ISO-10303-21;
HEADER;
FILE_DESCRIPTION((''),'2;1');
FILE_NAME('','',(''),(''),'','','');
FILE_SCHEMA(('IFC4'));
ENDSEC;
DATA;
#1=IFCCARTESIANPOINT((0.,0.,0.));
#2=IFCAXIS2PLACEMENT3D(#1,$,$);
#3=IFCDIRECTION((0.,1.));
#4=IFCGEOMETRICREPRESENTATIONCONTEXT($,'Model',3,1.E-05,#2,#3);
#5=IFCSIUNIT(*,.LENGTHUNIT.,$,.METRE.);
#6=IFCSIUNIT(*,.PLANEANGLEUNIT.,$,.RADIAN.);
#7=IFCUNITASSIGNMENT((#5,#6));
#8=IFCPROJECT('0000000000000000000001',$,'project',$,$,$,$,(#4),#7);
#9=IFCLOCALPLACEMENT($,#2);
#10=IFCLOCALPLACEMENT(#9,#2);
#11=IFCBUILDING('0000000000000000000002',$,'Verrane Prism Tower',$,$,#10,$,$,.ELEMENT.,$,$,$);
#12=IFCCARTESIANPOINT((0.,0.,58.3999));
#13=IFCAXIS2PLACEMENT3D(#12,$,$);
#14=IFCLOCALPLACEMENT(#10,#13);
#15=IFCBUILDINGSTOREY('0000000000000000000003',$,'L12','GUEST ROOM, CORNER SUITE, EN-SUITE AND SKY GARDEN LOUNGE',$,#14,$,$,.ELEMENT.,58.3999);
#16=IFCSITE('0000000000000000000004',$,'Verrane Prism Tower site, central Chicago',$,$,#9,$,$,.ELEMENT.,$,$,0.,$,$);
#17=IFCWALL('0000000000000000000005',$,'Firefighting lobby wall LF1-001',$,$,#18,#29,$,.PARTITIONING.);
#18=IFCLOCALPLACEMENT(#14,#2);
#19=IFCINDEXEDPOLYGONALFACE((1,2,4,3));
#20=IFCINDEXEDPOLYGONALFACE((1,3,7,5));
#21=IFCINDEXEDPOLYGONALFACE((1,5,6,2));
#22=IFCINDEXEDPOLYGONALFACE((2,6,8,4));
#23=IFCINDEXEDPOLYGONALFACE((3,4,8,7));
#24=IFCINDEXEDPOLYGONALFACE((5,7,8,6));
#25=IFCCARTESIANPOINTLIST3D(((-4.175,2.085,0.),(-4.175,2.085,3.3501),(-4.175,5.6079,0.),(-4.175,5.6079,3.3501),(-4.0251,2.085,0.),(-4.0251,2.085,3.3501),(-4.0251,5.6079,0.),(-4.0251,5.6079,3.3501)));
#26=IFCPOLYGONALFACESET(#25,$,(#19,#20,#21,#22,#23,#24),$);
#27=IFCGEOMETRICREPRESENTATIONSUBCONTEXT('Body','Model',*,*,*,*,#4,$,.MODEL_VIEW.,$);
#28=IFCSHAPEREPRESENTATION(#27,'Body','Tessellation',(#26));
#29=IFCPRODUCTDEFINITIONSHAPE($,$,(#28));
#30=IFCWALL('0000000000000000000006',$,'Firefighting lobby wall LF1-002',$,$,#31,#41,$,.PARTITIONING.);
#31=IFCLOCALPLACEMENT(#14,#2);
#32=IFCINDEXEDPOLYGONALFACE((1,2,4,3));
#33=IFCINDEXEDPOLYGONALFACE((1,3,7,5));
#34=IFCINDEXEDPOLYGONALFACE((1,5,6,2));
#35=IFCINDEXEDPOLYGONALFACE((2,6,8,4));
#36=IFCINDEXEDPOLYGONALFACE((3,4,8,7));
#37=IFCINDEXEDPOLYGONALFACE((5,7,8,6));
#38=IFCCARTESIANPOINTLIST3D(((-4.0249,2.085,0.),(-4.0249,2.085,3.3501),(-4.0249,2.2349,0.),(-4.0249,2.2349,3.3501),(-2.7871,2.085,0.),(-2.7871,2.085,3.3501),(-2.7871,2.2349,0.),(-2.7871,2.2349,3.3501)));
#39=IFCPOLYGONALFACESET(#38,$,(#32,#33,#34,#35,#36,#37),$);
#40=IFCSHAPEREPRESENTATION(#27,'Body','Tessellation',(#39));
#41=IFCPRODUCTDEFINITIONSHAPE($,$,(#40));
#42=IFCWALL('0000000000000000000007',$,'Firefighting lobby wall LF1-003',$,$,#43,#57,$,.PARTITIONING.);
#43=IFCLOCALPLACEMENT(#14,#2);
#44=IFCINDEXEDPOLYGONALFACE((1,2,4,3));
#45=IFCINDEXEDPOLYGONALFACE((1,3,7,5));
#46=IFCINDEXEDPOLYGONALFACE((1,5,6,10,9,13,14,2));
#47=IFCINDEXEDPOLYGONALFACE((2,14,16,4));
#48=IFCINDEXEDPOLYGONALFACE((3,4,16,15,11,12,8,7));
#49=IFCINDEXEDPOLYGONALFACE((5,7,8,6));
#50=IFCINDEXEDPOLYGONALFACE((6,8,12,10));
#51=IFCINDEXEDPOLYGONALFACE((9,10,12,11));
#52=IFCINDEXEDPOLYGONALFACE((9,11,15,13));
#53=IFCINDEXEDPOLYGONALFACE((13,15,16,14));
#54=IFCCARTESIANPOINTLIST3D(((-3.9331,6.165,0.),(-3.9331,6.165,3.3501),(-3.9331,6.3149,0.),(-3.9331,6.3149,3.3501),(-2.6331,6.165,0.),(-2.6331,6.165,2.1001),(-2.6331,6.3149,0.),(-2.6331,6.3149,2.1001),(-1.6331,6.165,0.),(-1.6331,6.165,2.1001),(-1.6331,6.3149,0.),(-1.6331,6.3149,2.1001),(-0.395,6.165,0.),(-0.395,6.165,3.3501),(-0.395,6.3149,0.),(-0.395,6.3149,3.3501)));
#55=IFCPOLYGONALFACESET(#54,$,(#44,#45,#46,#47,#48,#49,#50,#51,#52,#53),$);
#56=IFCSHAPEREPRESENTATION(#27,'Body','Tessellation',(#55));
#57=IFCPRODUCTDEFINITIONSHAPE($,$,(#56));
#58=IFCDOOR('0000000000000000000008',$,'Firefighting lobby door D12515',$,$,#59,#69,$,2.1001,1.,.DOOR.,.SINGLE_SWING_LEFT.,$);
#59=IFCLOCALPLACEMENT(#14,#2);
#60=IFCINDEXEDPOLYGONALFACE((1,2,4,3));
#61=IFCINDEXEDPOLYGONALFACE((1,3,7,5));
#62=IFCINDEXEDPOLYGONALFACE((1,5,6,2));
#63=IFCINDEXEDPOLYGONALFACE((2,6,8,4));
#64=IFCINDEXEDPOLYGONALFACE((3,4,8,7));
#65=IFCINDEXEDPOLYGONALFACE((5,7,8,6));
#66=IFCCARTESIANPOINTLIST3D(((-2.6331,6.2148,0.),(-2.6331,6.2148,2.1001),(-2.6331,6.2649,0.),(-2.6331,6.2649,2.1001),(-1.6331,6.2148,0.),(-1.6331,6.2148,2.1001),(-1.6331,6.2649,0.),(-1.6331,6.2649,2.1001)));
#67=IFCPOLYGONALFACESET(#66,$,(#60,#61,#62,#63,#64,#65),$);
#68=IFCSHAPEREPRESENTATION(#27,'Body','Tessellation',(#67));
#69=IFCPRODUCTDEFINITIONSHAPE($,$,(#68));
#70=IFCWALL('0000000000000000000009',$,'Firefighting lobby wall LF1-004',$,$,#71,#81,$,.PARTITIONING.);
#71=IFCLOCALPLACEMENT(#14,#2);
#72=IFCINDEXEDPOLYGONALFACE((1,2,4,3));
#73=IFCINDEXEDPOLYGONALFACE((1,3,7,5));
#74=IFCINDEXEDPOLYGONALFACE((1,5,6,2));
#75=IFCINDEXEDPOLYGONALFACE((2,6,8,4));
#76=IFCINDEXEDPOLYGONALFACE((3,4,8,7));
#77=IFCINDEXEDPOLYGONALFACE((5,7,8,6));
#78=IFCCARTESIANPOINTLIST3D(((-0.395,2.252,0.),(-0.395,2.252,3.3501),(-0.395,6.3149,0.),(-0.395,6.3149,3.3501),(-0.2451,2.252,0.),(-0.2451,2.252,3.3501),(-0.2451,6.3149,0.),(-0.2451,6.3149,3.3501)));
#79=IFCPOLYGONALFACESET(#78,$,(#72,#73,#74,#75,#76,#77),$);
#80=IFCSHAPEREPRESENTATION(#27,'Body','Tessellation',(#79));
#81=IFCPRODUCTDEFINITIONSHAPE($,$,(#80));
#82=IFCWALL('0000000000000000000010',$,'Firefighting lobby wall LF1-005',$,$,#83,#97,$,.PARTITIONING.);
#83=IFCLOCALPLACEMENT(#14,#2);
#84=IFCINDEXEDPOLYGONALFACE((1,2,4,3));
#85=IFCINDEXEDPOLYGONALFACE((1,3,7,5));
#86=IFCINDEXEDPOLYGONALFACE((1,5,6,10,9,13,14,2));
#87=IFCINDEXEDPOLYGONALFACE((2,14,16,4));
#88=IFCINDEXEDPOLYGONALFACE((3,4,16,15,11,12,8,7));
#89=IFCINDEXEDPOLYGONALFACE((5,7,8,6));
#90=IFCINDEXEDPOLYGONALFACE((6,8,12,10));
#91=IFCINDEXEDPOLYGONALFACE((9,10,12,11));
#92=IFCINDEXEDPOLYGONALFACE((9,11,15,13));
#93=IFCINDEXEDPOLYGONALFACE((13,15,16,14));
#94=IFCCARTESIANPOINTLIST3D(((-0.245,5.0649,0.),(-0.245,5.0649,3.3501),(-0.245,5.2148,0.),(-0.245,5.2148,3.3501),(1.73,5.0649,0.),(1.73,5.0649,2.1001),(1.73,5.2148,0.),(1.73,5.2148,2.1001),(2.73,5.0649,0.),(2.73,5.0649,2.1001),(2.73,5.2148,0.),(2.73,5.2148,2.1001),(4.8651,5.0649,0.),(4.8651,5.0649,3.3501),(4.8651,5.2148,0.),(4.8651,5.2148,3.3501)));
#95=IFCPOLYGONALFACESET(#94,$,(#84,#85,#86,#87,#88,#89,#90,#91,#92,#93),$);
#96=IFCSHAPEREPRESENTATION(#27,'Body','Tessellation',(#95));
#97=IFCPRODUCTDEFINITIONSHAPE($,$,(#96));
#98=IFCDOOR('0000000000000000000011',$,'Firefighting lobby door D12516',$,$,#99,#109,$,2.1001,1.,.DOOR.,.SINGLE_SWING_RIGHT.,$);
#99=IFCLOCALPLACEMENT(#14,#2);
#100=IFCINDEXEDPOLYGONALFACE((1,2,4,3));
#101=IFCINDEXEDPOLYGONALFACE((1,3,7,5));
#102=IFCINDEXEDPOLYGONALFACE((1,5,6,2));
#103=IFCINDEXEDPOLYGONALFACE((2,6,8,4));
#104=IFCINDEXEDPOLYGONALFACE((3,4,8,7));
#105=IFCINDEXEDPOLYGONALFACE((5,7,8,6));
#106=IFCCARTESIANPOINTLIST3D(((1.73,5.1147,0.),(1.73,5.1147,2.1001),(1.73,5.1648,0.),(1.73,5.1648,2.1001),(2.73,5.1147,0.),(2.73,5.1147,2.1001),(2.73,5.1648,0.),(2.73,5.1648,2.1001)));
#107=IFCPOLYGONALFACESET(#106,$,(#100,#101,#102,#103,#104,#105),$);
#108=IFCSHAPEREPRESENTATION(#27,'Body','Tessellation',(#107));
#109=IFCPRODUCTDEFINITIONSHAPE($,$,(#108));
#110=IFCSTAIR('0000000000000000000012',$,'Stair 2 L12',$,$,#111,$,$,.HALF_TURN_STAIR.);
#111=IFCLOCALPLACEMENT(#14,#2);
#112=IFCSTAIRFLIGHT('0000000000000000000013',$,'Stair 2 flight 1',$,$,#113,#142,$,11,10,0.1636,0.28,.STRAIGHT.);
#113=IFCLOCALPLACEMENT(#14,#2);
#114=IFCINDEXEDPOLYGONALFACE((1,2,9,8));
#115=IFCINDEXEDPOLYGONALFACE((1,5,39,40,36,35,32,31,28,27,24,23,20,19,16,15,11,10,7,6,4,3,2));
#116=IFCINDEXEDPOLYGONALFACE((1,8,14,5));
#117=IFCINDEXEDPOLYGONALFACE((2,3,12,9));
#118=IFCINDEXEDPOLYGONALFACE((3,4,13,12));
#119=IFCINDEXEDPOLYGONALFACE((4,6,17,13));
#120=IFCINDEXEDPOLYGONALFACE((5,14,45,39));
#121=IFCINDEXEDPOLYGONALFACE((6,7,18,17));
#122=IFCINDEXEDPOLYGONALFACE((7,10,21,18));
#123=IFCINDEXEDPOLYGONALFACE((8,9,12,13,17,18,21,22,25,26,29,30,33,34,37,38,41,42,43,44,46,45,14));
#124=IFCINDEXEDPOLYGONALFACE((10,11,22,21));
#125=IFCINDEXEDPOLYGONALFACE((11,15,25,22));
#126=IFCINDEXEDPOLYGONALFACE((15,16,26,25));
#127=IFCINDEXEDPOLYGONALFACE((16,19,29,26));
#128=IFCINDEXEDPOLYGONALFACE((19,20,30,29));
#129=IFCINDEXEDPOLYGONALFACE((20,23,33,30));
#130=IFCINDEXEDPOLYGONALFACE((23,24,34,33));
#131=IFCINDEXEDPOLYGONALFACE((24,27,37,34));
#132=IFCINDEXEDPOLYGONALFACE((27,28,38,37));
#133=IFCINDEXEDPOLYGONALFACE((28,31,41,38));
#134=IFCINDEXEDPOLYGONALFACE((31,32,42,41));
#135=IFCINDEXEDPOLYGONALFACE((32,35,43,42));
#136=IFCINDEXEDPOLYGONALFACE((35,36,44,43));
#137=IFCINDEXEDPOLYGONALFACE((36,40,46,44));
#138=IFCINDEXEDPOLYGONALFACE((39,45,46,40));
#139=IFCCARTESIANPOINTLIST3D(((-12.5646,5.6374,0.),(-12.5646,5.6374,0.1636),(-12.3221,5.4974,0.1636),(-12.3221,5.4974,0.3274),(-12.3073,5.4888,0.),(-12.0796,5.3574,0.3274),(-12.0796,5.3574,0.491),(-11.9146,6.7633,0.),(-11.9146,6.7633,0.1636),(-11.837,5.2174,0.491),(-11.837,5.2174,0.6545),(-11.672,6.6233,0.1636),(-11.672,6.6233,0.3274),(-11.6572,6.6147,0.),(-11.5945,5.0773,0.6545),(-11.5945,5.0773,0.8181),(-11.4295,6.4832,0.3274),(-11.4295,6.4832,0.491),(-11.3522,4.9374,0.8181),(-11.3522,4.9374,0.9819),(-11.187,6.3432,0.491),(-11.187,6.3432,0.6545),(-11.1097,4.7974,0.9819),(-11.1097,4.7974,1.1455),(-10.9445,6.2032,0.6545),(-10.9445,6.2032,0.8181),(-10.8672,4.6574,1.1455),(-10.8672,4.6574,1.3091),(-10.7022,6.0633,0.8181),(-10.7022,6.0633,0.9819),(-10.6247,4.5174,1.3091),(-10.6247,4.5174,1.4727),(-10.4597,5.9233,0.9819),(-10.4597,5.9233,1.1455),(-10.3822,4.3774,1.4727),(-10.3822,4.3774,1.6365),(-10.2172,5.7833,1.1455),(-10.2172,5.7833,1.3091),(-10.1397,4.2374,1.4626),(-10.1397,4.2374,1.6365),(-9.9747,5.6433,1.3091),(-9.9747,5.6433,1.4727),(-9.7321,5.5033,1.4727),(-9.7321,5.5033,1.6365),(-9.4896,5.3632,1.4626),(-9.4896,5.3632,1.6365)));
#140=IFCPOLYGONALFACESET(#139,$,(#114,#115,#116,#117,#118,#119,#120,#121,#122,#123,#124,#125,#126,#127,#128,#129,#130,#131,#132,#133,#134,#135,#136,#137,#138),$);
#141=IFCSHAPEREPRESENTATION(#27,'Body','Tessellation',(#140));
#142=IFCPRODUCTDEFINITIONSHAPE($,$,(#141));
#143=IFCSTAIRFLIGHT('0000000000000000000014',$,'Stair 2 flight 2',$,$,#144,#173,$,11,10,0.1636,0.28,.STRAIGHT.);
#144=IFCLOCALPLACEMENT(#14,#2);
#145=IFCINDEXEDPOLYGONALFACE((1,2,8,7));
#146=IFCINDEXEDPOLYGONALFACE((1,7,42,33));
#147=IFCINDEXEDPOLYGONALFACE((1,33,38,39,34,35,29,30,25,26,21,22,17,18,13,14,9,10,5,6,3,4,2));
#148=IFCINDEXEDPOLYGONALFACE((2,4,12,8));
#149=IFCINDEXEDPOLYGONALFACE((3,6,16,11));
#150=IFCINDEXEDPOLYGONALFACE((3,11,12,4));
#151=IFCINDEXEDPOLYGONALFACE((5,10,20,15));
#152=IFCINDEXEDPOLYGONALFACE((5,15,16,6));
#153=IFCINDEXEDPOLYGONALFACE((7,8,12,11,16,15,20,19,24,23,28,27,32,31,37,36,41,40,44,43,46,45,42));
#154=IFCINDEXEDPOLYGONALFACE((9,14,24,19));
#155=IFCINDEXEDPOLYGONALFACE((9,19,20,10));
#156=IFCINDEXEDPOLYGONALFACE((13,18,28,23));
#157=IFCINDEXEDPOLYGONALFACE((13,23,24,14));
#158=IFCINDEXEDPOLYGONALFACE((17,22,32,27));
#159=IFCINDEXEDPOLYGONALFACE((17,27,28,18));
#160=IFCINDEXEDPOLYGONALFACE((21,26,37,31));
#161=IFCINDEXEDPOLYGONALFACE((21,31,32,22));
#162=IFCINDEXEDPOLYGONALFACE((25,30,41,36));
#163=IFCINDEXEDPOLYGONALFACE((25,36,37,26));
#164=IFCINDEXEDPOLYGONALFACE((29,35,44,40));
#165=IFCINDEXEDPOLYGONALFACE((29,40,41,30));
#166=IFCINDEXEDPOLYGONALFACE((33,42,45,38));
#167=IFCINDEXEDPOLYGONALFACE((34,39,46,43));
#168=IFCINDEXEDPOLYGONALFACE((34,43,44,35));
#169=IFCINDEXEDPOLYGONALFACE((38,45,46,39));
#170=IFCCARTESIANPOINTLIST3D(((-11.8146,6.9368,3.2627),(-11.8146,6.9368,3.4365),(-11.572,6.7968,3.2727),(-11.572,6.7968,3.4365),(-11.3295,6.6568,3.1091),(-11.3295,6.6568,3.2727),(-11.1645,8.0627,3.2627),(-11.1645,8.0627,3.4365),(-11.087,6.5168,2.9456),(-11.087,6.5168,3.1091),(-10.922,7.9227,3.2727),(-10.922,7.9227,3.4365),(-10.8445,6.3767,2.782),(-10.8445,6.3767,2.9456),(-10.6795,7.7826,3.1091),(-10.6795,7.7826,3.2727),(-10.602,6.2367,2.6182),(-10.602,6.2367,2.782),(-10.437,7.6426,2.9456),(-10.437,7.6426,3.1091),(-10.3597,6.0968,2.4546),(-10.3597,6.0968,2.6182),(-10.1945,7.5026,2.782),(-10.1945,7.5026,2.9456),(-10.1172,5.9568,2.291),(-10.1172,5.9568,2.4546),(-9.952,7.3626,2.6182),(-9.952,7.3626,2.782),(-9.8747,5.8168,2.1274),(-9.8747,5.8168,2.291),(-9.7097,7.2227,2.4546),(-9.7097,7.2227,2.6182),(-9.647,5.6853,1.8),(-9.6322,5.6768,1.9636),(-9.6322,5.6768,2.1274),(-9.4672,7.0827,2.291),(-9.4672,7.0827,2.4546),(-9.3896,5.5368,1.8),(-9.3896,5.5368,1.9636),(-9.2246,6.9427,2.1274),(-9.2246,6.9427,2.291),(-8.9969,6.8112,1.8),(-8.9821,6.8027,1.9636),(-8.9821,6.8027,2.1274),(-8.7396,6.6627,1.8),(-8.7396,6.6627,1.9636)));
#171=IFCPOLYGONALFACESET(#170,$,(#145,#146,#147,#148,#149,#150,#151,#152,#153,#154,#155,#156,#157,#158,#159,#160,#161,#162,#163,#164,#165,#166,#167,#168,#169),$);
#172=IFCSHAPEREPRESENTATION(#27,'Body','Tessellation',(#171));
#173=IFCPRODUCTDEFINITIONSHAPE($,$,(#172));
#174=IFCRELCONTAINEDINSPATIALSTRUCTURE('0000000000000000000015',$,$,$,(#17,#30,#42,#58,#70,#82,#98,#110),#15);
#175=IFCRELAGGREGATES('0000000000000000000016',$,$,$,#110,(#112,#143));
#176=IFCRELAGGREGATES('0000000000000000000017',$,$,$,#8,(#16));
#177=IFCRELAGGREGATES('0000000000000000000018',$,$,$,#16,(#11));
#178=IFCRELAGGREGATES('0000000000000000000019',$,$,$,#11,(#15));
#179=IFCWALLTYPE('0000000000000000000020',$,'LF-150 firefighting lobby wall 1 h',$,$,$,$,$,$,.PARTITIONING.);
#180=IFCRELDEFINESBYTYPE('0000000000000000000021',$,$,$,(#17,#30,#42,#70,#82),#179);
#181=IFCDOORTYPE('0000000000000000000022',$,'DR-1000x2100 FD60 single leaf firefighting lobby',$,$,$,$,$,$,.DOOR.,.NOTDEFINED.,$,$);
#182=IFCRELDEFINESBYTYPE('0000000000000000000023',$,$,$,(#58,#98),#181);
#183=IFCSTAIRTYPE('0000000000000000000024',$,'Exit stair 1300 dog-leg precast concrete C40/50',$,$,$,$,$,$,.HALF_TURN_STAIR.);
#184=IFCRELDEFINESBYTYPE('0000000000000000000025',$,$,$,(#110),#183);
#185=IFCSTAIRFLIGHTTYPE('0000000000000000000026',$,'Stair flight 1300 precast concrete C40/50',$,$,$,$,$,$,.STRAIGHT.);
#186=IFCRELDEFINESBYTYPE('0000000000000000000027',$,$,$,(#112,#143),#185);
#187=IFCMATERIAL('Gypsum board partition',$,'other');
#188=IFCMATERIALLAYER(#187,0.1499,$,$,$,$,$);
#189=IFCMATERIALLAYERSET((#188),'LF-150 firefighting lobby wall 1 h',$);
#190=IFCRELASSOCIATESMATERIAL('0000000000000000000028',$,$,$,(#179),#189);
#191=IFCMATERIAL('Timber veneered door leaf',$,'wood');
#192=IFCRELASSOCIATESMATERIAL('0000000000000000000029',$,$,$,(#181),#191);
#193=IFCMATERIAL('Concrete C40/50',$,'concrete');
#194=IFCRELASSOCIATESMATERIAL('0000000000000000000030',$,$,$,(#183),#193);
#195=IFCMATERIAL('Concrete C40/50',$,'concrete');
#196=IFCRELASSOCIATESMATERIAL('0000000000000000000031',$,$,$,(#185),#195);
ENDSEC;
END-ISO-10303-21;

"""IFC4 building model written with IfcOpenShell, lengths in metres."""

from ifc_helpers import new_model, si_unit, direction, frame, frame_2d, origin, place, context, subcontext, project, spatial, polyline, rectangle, outline, extrude, material, layer, layer_set, type_object, element, fill, aggregate, save


model = new_model("IFC4")

# Units and contexts
model_context = context("Model", 3, precision=1e-05, world=origin(), true_north=direction((0.0, 1.0)))
body_context = subcontext(model_context, "Body", "Model", "MODEL_VIEW")
ifc_project = project(units=[si_unit("LENGTHUNIT", "METRE"), si_unit("PLANEANGLEUNIT", "RADIAN")], contexts=[model_context])

# Site, building, storey
site_placement = place(None, origin())
site = spatial("IfcSite", under=ifc_project, at=site_placement, Name="Verrane Prism Tower site, central Chicago", CompositionType="ELEMENT", RefElevation=0.0)
building_placement = place(site_placement, origin())
building = spatial("IfcBuilding", under=site, at=building_placement, Name="Verrane Prism Tower", CompositionType="ELEMENT")
storey_placement = place(building_placement, frame((0.0, 0.0, 58.3999)))
storey = spatial("IfcBuildingStorey", under=building, at=storey_placement, Name="L12", Description="GUEST ROOM, CORNER SUITE, EN-SUITE AND SKY GARDEN LOUNGE", CompositionType="ELEMENT", Elevation=58.3999)

# Walls
ifc_material_1 = material(Name="Gypsum board partition", Category="other")
ifc_layer_1 = layer(ifc_material_1, 0.1499)
ifc_layer_set_1 = layer_set([ifc_layer_1], Name="LF-150 firefighting lobby wall 1 h")
wall_type_1 = type_object("IfcWallType", Name="LF-150 firefighting lobby wall 1 h", PredefinedType="PARTITIONING", material=ifc_layer_set_1)
wall_1_placement = place(storey_placement, frame((-4.1001, 2.085, 0.0), z_axis=(0.0, 0.0, 1.0), x_axis=(0.0, 1.0, 0.0)))
element("IfcWall", 1, at=wall_1_placement, inside=storey, type_object=wall_type_1, Name="Firefighting lobby wall LF1-001", PredefinedType="PARTITIONING", context=body_context, shape_type="SweptSolid", body=[
    extrude(rectangle(XDim=3.5229, YDim=0.1499, at=frame_2d((1.7615, 0.0))), origin(), (0.0, 0.0, 1.0), 3.3501),
])
wall_2_placement = place(storey_placement, frame((-4.0249, 2.1599, 0.0), z_axis=(0.0, 0.0, 1.0), x_axis=(1.0, 0.0, 0.0)))
element("IfcWall", 2, at=wall_2_placement, inside=storey, type_object=wall_type_1, Name="Firefighting lobby wall LF1-002", PredefinedType="PARTITIONING", context=body_context, shape_type="SweptSolid", body=[
    extrude(rectangle(XDim=1.2378, YDim=0.1499, at=frame_2d((0.6189, 0.0))), origin(), (0.0, 0.0, 1.0), 3.3501),
])

# Wall, opening, door
wall_3_placement = place(storey_placement, frame((-3.9331, 6.24, 0.0), z_axis=(0.0, 0.0, 1.0), x_axis=(1.0, 0.0, 0.0)))
wall_3 = element("IfcWall", 3, at=wall_3_placement, inside=storey, type_object=wall_type_1, Name="Firefighting lobby wall LF1-003", PredefinedType="PARTITIONING", context=body_context, shape_type="SweptSolid", body=[
    extrude(rectangle(XDim=3.5381, YDim=0.1499, at=frame_2d((1.769, 0.0))), origin(), (0.0, 0.0, 1.0), 3.3501),
])
opening_1_placement = place(wall_3_placement, frame((1.3, 0.0, 0.0)))
opening_1 = element("IfcOpeningElement", 4, at=opening_1_placement, cuts=wall_3, PredefinedType="OPENING", context=body_context, shape_type="SweptSolid", body=[
    extrude(rectangle(XDim=1.0, YDim=2.1001, at=frame_2d((0.5, 1.05))), frame((0.0, 0.085, 0.0), z_axis=(0.0, -1.0, 0.0), x_axis=(1.0, 0.0, 0.0)), (0.0, 0.0, 1.0), 0.1699),
])
ifc_material_2 = material(Name="Timber veneered door leaf", Category="wood")
door_type_1 = type_object("IfcDoorType", Name="DR-1000x2100 FD60 single leaf firefighting lobby", OperationType="NOTDEFINED", PredefinedType="DOOR", material=ifc_material_2)
door_1_placement = place(opening_1_placement, origin())
door_1 = element("IfcDoor", 5, at=door_1_placement, inside=storey, type_object=door_type_1, Name="Firefighting lobby door D12515", OperationType="SINGLE_SWING_LEFT", OverallHeight=2.1001, OverallWidth=1.0, PredefinedType="DOOR", context=body_context, shape_type="SweptSolid", body=[
    extrude(rectangle(XDim=1.0, YDim=2.1001, at=frame_2d((0.5, 1.05))), frame((0.0, 0.0249, 0.0), z_axis=(0.0, -1.0, 0.0), x_axis=(1.0, 0.0, 0.0)), (0.0, 0.0, 1.0), 0.05),
])
fill(opening_1, door_1)

# Wall
wall_4_placement = place(storey_placement, frame((-0.3201, 2.252, 0.0), z_axis=(0.0, 0.0, 1.0), x_axis=(0.0, 1.0, 0.0)))
element("IfcWall", 6, at=wall_4_placement, inside=storey, type_object=wall_type_1, Name="Firefighting lobby wall LF1-004", PredefinedType="PARTITIONING", context=body_context, shape_type="SweptSolid", body=[
    extrude(rectangle(XDim=4.063, YDim=0.1499, at=frame_2d((2.0315, 0.0))), origin(), (0.0, 0.0, 1.0), 3.3501),
])

# Wall, opening, door
wall_5_placement = place(storey_placement, frame((-0.2451, 5.1399, 0.0), z_axis=(0.0, 0.0, 1.0), x_axis=(1.0, 0.0, 0.0)))
wall_5 = element("IfcWall", 7, at=wall_5_placement, inside=storey, type_object=wall_type_1, Name="Firefighting lobby wall LF1-005", PredefinedType="PARTITIONING", context=body_context, shape_type="SweptSolid", body=[
    extrude(rectangle(XDim=5.1101, YDim=0.1499, at=frame_2d((2.5552, 0.0))), origin(), (0.0, 0.0, 1.0), 3.3501),
])
opening_2_placement = place(wall_5_placement, frame((1.9751, 0.0, 0.0)))
opening_2 = element("IfcOpeningElement", 8, at=opening_2_placement, cuts=wall_5, PredefinedType="OPENING", context=body_context, shape_type="SweptSolid", body=[
    extrude(rectangle(XDim=1.0, YDim=2.1001, at=frame_2d((0.5, 1.05))), frame((0.0, 0.085, 0.0), z_axis=(0.0, -1.0, 0.0), x_axis=(1.0, 0.0, 0.0)), (0.0, 0.0, 1.0), 0.1699),
])
door_2_placement = place(opening_2_placement, origin())
door_2 = element("IfcDoor", 9, at=door_2_placement, inside=storey, type_object=door_type_1, Name="Firefighting lobby door D12516", OperationType="SINGLE_SWING_RIGHT", OverallHeight=2.1001, OverallWidth=1.0, PredefinedType="DOOR", context=body_context, shape_type="SweptSolid", body=[
    extrude(rectangle(XDim=1.0, YDim=2.1001, at=frame_2d((0.5, 1.05))), frame((0.0, 0.0249, 0.0), z_axis=(0.0, -1.0, 0.0), x_axis=(1.0, 0.0, 0.0)), (0.0, 0.0, 1.0), 0.05),
])
fill(opening_2, door_2)

# Stair, stair flights
ifc_material_3 = material(Name="Concrete C40/50", Category="concrete")
stair_type = type_object("IfcStairType", Name="Exit stair 1300 dog-leg precast concrete C40/50", PredefinedType="HALF_TURN_STAIR", material=ifc_material_3)
stair_placement = place(storey_placement, origin())
stair = element("IfcStair", 10, at=stair_placement, inside=storey, type_object=stair_type, Name="Stair 2 L12", PredefinedType="HALF_TURN_STAIR")
ifc_material_4 = material(Name="Concrete C40/50", Category="concrete")
stair_flight_type = type_object("IfcStairFlightType", Name="Stair flight 1300 precast concrete C40/50", PredefinedType="STRAIGHT", material=ifc_material_4)
stair_flight_1_placement = place(storey_placement, frame((-12.2395, 6.2004, 0.0), z_axis=(0.0, 0.0, 1.0), x_axis=(0.866025, -0.5, 0.0)))
stair_flight_1 = element("IfcStairFlight", 11, at=stair_flight_1_placement, type_object=stair_flight_type, Name="Stair 2 flight 1", NumberOfRisers=11, NumberOfTreads=10, PredefinedType="STRAIGHT", RiserHeight=0.1636, TreadLength=0.28, context=body_context, shape_type="SweptSolid", body=[
    extrude(outline(polyline([(0.0, 0.0), (0.0, 0.1636), (0.28, 0.1636), (0.28, 0.3274), (0.5601, 0.3274), (0.5601, 0.491), (0.8401, 0.491), (0.8401, 0.6545), (1.1201, 0.6545), (1.1201, 0.8181), (1.3999, 0.8181), (1.3999, 0.9819), (1.6799, 0.9819), (1.6799, 1.1455), (1.96, 1.1455), (1.96, 1.3091), (2.24, 1.3091), (2.24, 1.4727), (2.52, 1.4727), (2.52, 1.6365), (2.8, 1.6365), (2.8, 1.8), (2.8, 1.4626), (0.2971, 0.0), (0.0, 0.0)])), frame((0.0, 0.6499, 0.0), z_axis=(0.0, -1.0, 0.0), x_axis=(1.0, 0.0, 0.0)), (0.0, 0.0, 1.0), 1.3),
])
stair_flight_2_placement = place(storey_placement, frame((-9.0647, 6.0996, 1.8), z_axis=(0.0, 0.0, 1.0), x_axis=(-0.866025, 0.5, 0.0)))
stair_flight_2 = element("IfcStairFlight", 12, at=stair_flight_2_placement, type_object=stair_flight_type, Name="Stair 2 flight 2", NumberOfRisers=11, NumberOfTreads=10, PredefinedType="STRAIGHT", RiserHeight=0.1636, TreadLength=0.28, context=body_context, shape_type="SweptSolid", body=[
    extrude(outline(polyline([(0.0, 0.0), (0.0, 0.1636), (0.28, 0.1636), (0.28, 0.3274), (0.5601, 0.3274), (0.5601, 0.491), (0.8401, 0.491), (0.8401, 0.6545), (1.1201, 0.6545), (1.1201, 0.8181), (1.3999, 0.8181), (1.3999, 0.9819), (1.6799, 0.9819), (1.6799, 1.1455), (1.96, 1.1455), (1.96, 1.3091), (2.24, 1.3091), (2.24, 1.4727), (2.52, 1.4727), (2.52, 1.6365), (2.8, 1.6365), (2.8, 1.8), (2.8, 1.4626), (0.2971, 0.0), (0.0, 0.0)])), frame((0.0, 0.6499, 0.0), z_axis=(0.0, -1.0, 0.0), x_axis=(1.0, 0.0, 0.0)), (0.0, 0.0, 1.0), 1.3),
])
aggregate(stair, [stair_flight_1, stair_flight_2])

save(model, "model.ifc")
